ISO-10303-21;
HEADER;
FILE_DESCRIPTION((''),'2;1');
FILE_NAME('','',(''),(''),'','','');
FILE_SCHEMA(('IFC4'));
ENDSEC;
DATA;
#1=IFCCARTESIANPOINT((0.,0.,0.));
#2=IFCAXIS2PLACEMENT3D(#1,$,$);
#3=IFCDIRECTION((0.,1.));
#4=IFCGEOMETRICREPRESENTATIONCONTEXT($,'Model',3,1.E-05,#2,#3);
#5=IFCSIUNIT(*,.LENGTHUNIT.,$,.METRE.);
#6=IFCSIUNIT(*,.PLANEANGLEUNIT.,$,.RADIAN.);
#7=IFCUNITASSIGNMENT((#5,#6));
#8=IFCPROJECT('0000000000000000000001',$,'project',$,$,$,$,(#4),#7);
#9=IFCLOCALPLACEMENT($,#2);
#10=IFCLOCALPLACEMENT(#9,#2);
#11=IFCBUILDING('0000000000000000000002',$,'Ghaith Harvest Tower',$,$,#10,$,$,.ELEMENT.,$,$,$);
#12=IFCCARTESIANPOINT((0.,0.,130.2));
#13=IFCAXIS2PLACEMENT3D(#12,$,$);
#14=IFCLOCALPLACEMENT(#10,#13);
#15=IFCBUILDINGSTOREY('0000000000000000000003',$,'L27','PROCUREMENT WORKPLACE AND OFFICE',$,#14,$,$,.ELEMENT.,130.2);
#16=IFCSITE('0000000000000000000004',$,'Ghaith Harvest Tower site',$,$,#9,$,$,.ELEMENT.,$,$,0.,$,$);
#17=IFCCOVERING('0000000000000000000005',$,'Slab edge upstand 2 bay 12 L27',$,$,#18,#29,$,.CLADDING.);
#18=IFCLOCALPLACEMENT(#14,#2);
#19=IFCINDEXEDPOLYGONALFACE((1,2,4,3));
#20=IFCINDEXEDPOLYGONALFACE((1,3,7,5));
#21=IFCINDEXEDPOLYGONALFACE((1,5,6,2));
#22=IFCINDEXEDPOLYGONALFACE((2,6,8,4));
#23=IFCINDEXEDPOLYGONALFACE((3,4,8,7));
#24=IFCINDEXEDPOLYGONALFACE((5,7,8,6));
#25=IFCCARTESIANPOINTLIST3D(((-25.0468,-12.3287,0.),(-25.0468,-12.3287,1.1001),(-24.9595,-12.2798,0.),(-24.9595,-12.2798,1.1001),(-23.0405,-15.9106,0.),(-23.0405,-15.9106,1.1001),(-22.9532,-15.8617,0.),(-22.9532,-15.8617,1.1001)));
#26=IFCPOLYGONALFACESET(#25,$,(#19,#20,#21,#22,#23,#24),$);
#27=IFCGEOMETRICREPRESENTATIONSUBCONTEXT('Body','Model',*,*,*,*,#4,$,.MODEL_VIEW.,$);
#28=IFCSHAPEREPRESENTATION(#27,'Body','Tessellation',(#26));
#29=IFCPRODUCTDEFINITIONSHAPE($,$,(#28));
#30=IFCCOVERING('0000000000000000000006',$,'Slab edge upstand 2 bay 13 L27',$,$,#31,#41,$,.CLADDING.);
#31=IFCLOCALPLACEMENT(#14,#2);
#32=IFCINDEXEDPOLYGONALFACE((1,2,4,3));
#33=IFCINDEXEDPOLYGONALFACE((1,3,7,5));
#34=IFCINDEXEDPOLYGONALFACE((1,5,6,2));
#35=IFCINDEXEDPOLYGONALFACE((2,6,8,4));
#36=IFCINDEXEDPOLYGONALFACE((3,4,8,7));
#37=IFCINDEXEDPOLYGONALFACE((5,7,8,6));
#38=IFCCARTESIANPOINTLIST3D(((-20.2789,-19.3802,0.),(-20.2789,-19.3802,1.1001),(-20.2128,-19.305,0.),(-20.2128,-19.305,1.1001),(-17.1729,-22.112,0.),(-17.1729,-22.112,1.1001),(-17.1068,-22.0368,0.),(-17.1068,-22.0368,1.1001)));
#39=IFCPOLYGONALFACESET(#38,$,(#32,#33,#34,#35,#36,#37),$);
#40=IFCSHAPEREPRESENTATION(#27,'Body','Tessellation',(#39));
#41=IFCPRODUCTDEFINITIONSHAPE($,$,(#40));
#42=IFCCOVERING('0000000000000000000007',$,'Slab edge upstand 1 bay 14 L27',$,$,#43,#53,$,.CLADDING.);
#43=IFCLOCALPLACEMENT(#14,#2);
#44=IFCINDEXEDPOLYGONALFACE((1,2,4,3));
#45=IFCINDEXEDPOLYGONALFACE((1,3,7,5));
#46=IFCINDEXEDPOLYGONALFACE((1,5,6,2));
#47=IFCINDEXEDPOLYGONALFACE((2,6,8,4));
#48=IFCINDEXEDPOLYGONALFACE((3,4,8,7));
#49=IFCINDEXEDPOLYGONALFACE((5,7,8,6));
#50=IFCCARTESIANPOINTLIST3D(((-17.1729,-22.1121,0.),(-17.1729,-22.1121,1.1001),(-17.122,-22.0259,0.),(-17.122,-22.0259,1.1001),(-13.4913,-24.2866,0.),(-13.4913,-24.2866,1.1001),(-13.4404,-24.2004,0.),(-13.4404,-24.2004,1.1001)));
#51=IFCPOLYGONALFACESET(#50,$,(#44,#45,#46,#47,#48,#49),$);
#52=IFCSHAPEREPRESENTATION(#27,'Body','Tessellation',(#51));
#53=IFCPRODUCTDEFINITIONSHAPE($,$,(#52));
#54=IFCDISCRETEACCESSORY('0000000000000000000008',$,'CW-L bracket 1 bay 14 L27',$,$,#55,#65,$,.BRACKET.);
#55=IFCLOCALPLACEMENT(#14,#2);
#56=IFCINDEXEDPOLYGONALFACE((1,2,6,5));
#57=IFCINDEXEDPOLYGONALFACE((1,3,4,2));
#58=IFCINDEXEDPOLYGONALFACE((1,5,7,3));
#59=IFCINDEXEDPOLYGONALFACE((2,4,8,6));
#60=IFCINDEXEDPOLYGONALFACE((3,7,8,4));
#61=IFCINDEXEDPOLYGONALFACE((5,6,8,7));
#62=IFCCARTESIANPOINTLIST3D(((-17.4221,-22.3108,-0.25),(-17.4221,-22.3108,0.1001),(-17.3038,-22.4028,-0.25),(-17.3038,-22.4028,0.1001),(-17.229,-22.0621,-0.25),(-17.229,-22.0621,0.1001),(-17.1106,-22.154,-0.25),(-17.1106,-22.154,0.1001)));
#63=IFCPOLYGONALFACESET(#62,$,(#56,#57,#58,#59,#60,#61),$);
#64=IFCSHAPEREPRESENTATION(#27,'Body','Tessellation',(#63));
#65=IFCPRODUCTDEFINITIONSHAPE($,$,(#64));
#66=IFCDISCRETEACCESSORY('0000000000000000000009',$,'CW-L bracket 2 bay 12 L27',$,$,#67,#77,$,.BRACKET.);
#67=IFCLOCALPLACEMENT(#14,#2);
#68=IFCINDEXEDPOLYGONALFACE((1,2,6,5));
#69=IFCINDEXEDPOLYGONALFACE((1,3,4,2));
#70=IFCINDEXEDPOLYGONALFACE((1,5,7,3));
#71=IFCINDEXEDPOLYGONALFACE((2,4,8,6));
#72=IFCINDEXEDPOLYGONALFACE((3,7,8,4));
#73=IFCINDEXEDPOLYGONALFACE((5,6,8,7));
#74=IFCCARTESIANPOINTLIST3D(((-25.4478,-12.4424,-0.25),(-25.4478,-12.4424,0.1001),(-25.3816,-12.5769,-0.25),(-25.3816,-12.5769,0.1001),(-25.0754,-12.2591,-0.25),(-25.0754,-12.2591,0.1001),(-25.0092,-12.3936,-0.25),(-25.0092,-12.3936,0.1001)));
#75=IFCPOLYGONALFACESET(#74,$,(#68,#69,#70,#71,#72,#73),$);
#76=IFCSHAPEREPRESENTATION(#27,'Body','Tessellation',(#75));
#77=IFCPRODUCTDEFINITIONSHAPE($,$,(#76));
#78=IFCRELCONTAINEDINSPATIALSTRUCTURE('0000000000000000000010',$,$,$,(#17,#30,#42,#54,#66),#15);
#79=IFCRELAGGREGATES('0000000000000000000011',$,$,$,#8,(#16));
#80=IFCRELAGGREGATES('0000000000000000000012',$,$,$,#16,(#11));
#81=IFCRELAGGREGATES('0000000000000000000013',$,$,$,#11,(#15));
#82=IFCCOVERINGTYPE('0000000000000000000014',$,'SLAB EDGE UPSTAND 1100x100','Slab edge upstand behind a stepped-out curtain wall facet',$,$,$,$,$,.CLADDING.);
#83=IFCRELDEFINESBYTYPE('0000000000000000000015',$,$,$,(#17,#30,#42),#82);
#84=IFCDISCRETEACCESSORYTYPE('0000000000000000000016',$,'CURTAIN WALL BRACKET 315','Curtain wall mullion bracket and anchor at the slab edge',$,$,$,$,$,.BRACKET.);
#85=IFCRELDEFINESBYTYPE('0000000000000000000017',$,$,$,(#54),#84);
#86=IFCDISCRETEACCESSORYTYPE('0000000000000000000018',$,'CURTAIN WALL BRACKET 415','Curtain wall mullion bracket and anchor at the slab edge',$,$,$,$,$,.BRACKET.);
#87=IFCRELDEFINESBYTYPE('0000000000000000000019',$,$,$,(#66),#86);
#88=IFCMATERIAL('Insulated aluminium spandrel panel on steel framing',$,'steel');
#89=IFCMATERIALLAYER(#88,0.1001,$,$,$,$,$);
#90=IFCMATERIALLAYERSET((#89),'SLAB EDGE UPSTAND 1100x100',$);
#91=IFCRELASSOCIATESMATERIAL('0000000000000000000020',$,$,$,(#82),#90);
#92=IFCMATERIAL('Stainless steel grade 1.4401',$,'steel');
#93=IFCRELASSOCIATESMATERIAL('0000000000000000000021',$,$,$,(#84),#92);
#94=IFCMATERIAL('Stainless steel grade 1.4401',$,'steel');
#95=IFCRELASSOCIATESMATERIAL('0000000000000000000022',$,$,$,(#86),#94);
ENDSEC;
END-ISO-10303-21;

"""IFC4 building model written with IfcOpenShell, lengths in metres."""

from ifc_helpers import new_model, si_unit, direction, frame, origin, origin_2d, place, context, subcontext, project, spatial, rectangle, extrude, material, layer, layer_set, type_object, element, save


model = new_model("IFC4")

# Units and contexts
model_context = context("Model", 3, precision=1e-05, world=origin(), true_north=direction((0.0, 1.0)))
body_context = subcontext(model_context, "Body", "Model", "MODEL_VIEW")
ifc_project = project(units=[si_unit("LENGTHUNIT", "METRE"), si_unit("PLANEANGLEUNIT", "RADIAN")], contexts=[model_context])

# Site, building, storey
site_placement = place(None, origin())
site = spatial("IfcSite", under=ifc_project, at=site_placement, Name="Ghaith Harvest Tower site", CompositionType="ELEMENT", RefElevation=0.0)
building_placement = place(site_placement, origin())
building = spatial("IfcBuilding", under=site, at=building_placement, Name="Ghaith Harvest Tower", CompositionType="ELEMENT")
storey_placement = place(building_placement, frame((0.0, 0.0, 130.2)))
storey = spatial("IfcBuildingStorey", under=building, at=storey_placement, Name="L27", Description="PROCUREMENT WORKPLACE AND OFFICE", CompositionType="ELEMENT", Elevation=130.2)

# Coverings
ifc_material_1 = material(Name="Insulated aluminium spandrel panel on steel framing", Category="steel")
ifc_layer_1 = layer(ifc_material_1, 0.1001)
ifc_layer_set_1 = layer_set([ifc_layer_1], Name="SLAB EDGE UPSTAND 1100x100")
covering_type = type_object("IfcCoveringType", Name="SLAB EDGE UPSTAND 1100x100", Description="Slab edge upstand behind a stepped-out curtain wall facet", PredefinedType="CLADDING", material=ifc_layer_set_1)
covering_1_placement = place(storey_placement, frame((-24.0, -14.0952, 0.0), z_axis=(0.0, 0.0, 1.0), x_axis=(0.488684, -0.872461, 0.0)))
element("IfcCovering", 1, at=covering_1_placement, inside=storey, type_object=covering_type, Name="Slab edge upstand 2 bay 12 L27", PredefinedType="CLADDING", context=body_context, shape_type="SweptSolid", body=[
    extrude(rectangle(XDim=4.1055, YDim=0.1001, at=origin_2d()), origin(), (0.0, 0.0, 1.0), 1.1001),
])
covering_2_placement = place(storey_placement, frame((-18.6929, -20.7085, 0.0), z_axis=(0.0, 0.0, 1.0), x_axis=(0.750892, -0.660425, 0.0)))
element("IfcCovering", 2, at=covering_2_placement, inside=storey, type_object=covering_type, Name="Slab edge upstand 2 bay 13 L27", PredefinedType="CLADDING", context=body_context, shape_type="SweptSolid", body=[
    extrude(rectangle(XDim=4.1365, YDim=0.1001, at=origin_2d()), origin(), (0.0, 0.0, 1.0), 1.1001),
])
covering_3_placement = place(storey_placement, frame((-15.3066, -23.1562, 0.0), z_axis=(0.0, 0.0, 1.0), x_axis=(0.861021, -0.50857, 0.0)))
element("IfcCovering", 3, at=covering_3_placement, inside=storey, type_object=covering_type, Name="Slab edge upstand 1 bay 14 L27", PredefinedType="CLADDING", context=body_context, shape_type="SweptSolid", body=[
    extrude(rectangle(XDim=4.2759, YDim=0.1001, at=origin_2d()), origin(), (0.0, 0.0, 1.0), 1.1001),
])

# Discrete accessories
ifc_material_2 = material(Name="Stainless steel grade 1.4401", Category="steel")
discrete_accessory_type_1 = type_object("IfcDiscreteAccessoryType", Name="CURTAIN WALL BRACKET 315", Description="Curtain wall mullion bracket and anchor at the slab edge", PredefinedType="BRACKET", material=ifc_material_2)
discrete_accessory_1_placement = place(storey_placement, frame((-17.2664, -22.2324, -0.25), z_axis=(0.0, 0.0, 1.0), x_axis=(-0.613378, -0.78979, 0.0)))
element("IfcDiscreteAccessory", 4, at=discrete_accessory_1_placement, inside=storey, type_object=discrete_accessory_type_1, Name="CW-L bracket 1 bay 14 L27", PredefinedType="BRACKET", context=body_context, shape_type="SweptSolid", body=[
    extrude(rectangle(XDim=0.3149, YDim=0.1499, at=origin_2d()), origin(), (0.0, 0.0, 1.0), 0.3501),
])
ifc_material_3 = material(Name="Stainless steel grade 1.4401", Category="steel")
discrete_accessory_type_2 = type_object("IfcDiscreteAccessoryType", Name="CURTAIN WALL BRACKET 415", Description="Curtain wall mullion bracket and anchor at the slab edge", PredefinedType="BRACKET", material=ifc_material_3)
discrete_accessory_2_placement = place(storey_placement, frame((-25.2285, -12.418, -0.25), z_axis=(0.0, 0.0, 1.0), x_axis=(-0.897201, -0.441622, 0.0)))
element("IfcDiscreteAccessory", 5, at=discrete_accessory_2_placement, inside=storey, type_object=discrete_accessory_type_2, Name="CW-L bracket 2 bay 12 L27", PredefinedType="BRACKET", context=body_context, shape_type="SweptSolid", body=[
    extrude(rectangle(XDim=0.415, YDim=0.1499, at=origin_2d()), origin(), (0.0, 0.0, 1.0), 0.3501),
])

save(model, "model.ifc")
